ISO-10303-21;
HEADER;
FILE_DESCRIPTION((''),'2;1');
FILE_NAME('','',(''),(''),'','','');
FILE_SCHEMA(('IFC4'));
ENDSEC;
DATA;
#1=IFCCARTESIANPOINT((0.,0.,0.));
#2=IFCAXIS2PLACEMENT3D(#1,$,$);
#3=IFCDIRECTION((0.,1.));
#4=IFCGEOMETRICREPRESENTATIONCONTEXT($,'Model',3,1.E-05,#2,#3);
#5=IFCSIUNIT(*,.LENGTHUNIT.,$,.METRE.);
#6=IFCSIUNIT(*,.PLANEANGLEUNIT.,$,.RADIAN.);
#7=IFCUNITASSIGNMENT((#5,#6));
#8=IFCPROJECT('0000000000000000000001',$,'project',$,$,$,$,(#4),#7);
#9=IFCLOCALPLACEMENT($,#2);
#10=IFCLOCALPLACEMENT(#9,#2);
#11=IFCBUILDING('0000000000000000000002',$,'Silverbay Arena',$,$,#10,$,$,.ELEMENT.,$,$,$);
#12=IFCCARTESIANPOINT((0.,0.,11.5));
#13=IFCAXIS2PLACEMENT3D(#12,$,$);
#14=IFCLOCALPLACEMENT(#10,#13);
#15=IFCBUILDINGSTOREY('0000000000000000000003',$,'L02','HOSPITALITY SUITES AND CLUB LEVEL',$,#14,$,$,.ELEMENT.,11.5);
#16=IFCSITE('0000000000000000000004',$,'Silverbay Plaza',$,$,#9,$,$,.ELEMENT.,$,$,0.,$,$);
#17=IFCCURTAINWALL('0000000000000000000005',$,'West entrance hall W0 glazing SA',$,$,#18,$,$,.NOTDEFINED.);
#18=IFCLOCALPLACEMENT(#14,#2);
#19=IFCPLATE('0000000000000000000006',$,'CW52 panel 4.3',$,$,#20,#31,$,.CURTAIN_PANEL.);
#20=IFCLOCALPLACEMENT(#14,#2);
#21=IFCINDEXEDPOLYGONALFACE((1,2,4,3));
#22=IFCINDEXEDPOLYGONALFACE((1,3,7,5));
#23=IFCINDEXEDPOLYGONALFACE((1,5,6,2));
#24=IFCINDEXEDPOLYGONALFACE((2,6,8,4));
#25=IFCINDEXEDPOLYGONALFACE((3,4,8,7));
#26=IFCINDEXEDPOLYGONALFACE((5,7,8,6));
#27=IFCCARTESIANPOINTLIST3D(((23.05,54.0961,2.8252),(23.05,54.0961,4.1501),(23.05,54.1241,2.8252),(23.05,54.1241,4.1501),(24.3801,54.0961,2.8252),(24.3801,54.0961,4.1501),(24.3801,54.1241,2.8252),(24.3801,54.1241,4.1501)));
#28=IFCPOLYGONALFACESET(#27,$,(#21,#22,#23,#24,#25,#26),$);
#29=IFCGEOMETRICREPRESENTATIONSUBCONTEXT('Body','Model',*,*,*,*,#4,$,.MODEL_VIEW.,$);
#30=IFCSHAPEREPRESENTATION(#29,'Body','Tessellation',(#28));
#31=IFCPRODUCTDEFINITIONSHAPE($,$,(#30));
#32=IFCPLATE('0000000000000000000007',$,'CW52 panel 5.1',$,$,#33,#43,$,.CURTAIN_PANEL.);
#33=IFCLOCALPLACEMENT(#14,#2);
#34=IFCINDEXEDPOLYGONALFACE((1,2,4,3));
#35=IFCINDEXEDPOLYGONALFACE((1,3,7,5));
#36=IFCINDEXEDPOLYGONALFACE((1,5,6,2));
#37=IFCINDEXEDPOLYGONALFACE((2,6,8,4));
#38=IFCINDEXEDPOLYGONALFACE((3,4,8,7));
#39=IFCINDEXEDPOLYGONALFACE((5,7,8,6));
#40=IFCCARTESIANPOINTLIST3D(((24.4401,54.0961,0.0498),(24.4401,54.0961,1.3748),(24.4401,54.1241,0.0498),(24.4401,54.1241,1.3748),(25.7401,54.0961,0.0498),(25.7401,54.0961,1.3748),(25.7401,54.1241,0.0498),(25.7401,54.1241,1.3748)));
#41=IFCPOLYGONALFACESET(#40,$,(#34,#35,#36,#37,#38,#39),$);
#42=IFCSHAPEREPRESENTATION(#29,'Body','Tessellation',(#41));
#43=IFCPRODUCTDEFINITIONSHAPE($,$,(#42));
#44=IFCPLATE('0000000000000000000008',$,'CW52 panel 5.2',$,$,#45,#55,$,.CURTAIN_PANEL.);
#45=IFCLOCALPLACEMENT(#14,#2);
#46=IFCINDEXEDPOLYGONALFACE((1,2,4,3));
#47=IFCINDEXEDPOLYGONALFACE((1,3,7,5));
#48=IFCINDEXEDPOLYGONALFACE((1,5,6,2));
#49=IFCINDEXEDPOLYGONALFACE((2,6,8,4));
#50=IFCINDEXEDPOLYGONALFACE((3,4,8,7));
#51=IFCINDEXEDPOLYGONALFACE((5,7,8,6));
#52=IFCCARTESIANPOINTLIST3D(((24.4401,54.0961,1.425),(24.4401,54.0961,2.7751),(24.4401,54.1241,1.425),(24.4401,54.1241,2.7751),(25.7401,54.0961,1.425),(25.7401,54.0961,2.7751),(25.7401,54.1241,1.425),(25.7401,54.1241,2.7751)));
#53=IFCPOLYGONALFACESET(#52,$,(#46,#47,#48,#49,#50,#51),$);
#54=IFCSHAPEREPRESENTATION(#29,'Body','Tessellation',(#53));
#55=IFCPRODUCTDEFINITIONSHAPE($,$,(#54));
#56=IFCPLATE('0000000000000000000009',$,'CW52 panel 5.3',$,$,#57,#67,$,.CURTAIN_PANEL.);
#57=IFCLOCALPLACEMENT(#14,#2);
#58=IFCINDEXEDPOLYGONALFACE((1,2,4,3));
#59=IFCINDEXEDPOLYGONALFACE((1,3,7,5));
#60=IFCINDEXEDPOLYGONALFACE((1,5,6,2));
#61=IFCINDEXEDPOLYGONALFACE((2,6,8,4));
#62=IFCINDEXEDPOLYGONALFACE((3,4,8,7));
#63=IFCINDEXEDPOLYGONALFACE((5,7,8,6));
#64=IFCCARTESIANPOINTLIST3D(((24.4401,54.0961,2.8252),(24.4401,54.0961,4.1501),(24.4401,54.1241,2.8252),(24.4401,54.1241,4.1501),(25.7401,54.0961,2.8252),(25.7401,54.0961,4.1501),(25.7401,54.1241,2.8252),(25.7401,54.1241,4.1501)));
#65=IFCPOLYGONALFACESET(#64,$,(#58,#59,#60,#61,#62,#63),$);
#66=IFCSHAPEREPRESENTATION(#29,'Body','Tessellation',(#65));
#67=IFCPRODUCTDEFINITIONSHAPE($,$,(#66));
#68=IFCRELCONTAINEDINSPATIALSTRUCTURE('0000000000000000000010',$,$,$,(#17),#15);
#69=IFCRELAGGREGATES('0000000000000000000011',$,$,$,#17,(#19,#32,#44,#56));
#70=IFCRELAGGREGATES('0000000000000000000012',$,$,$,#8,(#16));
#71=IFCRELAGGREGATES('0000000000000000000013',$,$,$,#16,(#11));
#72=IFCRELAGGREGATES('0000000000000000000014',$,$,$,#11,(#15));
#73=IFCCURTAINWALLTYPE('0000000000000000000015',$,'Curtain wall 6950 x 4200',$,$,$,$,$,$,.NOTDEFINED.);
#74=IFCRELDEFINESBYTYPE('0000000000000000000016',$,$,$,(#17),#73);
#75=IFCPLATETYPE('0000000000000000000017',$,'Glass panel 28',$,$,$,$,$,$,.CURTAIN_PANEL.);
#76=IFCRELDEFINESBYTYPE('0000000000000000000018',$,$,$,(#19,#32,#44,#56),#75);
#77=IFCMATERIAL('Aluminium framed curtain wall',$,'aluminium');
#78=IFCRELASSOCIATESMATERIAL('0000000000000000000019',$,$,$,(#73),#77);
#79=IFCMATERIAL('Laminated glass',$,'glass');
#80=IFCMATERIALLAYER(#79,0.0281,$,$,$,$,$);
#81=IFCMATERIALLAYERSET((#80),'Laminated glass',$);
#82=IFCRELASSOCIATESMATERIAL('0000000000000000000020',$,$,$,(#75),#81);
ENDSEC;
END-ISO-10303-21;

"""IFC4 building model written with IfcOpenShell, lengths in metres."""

from ifc_helpers import new_model, si_unit, direction, frame, origin, origin_2d, place, context, subcontext, project, spatial, rectangle, extrude, material, layer, layer_set, type_object, element, aggregate, save


model = new_model("IFC4")

# Units and contexts
model_context = context("Model", 3, precision=1e-05, world=origin(), true_north=direction((0.0, 1.0)))
body_context = subcontext(model_context, "Body", "Model", "MODEL_VIEW")
ifc_project = project(units=[si_unit("LENGTHUNIT", "METRE"), si_unit("PLANEANGLEUNIT", "RADIAN")], contexts=[model_context])

# Site, building, storey
site_placement = place(None, origin())
site = spatial("IfcSite", under=ifc_project, at=site_placement, Name="Silverbay Plaza", CompositionType="ELEMENT", RefElevation=0.0)
building_placement = place(site_placement, origin())
building = spatial("IfcBuilding", under=site, at=building_placement, Name="Silverbay Arena", CompositionType="ELEMENT")
storey_placement = place(building_placement, frame((0.0, 0.0, 11.5)))
storey = spatial("IfcBuildingStorey", under=building, at=storey_placement, Name="L02", Description="HOSPITALITY SUITES AND CLUB LEVEL", CompositionType="ELEMENT", Elevation=11.5)

# Curtain wall
ifc_material_1 = material(Name="Aluminium framed curtain wall", Category="aluminium")
curtain_wall_type = type_object("IfcCurtainWallType", Name="Curtain wall 6950 x 4200", PredefinedType="NOTDEFINED", material=ifc_material_1)
curtain_wall_placement = place(storey_placement, origin())
curtain_wall = element("IfcCurtainWall", 1, at=curtain_wall_placement, inside=storey, type_object=curtain_wall_type, Name="West entrance hall W0 glazing SA", PredefinedType="NOTDEFINED")

# Plates
ifc_material_2 = material(Name="Laminated glass", Category="glass")
ifc_layer = layer(ifc_material_2, 0.0281)
ifc_layer_set = layer_set([ifc_layer], Name="Laminated glass")
plate_type = type_object("IfcPlateType", Name="Glass panel 28", PredefinedType="CURTAIN_PANEL", material=ifc_layer_set)
plate_1_placement = place(storey_placement, frame((23.7151, 54.1101, 2.8252), z_axis=(0.0, 0.0, 1.0), x_axis=(1.0, 0.0, 0.0)))
plate_1 = element("IfcPlate", 2, at=plate_1_placement, type_object=plate_type, Name="CW52 panel 4.3", PredefinedType="CURTAIN_PANEL", context=body_context, shape_type="SweptSolid", body=[
    extrude(rectangle(XDim=1.3301, YDim=0.0281, at=origin_2d()), origin(), (0.0, 0.0, 1.0), 1.325),
])
plate_2_placement = place(storey_placement, frame((25.0901, 54.1101, 0.0498), z_axis=(0.0, 0.0, 1.0), x_axis=(1.0, 0.0, 0.0)))
plate_2 = element("IfcPlate", 3, at=plate_2_placement, type_object=plate_type, Name="CW52 panel 5.1", PredefinedType="CURTAIN_PANEL", context=body_context, shape_type="SweptSolid", body=[
    extrude(rectangle(XDim=1.3, YDim=0.0281, at=origin_2d()), origin(), (0.0, 0.0, 1.0), 1.325),
])
plate_3_placement = place(storey_placement, frame((25.0901, 54.1101, 1.425), z_axis=(0.0, 0.0, 1.0), x_axis=(1.0, 0.0, 0.0)))
plate_3 = element("IfcPlate", 4, at=plate_3_placement, type_object=plate_type, Name="CW52 panel 5.2", PredefinedType="CURTAIN_PANEL", context=body_context, shape_type="SweptSolid", body=[
    extrude(rectangle(XDim=1.3, YDim=0.0281, at=origin_2d()), origin(), (0.0, 0.0, 1.0), 1.3501),
])
plate_4_placement = place(storey_placement, frame((25.0901, 54.1101, 2.8252), z_axis=(0.0, 0.0, 1.0), x_axis=(1.0, 0.0, 0.0)))
plate_4 = element("IfcPlate", 5, at=plate_4_placement, type_object=plate_type, Name="CW52 panel 5.3", PredefinedType="CURTAIN_PANEL", context=body_context, shape_type="SweptSolid", body=[
    extrude(rectangle(XDim=1.3, YDim=0.0281, at=origin_2d()), origin(), (0.0, 0.0, 1.0), 1.325),
])
aggregate(curtain_wall, [plate_1, plate_2, plate_3, plate_4])

save(model, "model.ifc")
